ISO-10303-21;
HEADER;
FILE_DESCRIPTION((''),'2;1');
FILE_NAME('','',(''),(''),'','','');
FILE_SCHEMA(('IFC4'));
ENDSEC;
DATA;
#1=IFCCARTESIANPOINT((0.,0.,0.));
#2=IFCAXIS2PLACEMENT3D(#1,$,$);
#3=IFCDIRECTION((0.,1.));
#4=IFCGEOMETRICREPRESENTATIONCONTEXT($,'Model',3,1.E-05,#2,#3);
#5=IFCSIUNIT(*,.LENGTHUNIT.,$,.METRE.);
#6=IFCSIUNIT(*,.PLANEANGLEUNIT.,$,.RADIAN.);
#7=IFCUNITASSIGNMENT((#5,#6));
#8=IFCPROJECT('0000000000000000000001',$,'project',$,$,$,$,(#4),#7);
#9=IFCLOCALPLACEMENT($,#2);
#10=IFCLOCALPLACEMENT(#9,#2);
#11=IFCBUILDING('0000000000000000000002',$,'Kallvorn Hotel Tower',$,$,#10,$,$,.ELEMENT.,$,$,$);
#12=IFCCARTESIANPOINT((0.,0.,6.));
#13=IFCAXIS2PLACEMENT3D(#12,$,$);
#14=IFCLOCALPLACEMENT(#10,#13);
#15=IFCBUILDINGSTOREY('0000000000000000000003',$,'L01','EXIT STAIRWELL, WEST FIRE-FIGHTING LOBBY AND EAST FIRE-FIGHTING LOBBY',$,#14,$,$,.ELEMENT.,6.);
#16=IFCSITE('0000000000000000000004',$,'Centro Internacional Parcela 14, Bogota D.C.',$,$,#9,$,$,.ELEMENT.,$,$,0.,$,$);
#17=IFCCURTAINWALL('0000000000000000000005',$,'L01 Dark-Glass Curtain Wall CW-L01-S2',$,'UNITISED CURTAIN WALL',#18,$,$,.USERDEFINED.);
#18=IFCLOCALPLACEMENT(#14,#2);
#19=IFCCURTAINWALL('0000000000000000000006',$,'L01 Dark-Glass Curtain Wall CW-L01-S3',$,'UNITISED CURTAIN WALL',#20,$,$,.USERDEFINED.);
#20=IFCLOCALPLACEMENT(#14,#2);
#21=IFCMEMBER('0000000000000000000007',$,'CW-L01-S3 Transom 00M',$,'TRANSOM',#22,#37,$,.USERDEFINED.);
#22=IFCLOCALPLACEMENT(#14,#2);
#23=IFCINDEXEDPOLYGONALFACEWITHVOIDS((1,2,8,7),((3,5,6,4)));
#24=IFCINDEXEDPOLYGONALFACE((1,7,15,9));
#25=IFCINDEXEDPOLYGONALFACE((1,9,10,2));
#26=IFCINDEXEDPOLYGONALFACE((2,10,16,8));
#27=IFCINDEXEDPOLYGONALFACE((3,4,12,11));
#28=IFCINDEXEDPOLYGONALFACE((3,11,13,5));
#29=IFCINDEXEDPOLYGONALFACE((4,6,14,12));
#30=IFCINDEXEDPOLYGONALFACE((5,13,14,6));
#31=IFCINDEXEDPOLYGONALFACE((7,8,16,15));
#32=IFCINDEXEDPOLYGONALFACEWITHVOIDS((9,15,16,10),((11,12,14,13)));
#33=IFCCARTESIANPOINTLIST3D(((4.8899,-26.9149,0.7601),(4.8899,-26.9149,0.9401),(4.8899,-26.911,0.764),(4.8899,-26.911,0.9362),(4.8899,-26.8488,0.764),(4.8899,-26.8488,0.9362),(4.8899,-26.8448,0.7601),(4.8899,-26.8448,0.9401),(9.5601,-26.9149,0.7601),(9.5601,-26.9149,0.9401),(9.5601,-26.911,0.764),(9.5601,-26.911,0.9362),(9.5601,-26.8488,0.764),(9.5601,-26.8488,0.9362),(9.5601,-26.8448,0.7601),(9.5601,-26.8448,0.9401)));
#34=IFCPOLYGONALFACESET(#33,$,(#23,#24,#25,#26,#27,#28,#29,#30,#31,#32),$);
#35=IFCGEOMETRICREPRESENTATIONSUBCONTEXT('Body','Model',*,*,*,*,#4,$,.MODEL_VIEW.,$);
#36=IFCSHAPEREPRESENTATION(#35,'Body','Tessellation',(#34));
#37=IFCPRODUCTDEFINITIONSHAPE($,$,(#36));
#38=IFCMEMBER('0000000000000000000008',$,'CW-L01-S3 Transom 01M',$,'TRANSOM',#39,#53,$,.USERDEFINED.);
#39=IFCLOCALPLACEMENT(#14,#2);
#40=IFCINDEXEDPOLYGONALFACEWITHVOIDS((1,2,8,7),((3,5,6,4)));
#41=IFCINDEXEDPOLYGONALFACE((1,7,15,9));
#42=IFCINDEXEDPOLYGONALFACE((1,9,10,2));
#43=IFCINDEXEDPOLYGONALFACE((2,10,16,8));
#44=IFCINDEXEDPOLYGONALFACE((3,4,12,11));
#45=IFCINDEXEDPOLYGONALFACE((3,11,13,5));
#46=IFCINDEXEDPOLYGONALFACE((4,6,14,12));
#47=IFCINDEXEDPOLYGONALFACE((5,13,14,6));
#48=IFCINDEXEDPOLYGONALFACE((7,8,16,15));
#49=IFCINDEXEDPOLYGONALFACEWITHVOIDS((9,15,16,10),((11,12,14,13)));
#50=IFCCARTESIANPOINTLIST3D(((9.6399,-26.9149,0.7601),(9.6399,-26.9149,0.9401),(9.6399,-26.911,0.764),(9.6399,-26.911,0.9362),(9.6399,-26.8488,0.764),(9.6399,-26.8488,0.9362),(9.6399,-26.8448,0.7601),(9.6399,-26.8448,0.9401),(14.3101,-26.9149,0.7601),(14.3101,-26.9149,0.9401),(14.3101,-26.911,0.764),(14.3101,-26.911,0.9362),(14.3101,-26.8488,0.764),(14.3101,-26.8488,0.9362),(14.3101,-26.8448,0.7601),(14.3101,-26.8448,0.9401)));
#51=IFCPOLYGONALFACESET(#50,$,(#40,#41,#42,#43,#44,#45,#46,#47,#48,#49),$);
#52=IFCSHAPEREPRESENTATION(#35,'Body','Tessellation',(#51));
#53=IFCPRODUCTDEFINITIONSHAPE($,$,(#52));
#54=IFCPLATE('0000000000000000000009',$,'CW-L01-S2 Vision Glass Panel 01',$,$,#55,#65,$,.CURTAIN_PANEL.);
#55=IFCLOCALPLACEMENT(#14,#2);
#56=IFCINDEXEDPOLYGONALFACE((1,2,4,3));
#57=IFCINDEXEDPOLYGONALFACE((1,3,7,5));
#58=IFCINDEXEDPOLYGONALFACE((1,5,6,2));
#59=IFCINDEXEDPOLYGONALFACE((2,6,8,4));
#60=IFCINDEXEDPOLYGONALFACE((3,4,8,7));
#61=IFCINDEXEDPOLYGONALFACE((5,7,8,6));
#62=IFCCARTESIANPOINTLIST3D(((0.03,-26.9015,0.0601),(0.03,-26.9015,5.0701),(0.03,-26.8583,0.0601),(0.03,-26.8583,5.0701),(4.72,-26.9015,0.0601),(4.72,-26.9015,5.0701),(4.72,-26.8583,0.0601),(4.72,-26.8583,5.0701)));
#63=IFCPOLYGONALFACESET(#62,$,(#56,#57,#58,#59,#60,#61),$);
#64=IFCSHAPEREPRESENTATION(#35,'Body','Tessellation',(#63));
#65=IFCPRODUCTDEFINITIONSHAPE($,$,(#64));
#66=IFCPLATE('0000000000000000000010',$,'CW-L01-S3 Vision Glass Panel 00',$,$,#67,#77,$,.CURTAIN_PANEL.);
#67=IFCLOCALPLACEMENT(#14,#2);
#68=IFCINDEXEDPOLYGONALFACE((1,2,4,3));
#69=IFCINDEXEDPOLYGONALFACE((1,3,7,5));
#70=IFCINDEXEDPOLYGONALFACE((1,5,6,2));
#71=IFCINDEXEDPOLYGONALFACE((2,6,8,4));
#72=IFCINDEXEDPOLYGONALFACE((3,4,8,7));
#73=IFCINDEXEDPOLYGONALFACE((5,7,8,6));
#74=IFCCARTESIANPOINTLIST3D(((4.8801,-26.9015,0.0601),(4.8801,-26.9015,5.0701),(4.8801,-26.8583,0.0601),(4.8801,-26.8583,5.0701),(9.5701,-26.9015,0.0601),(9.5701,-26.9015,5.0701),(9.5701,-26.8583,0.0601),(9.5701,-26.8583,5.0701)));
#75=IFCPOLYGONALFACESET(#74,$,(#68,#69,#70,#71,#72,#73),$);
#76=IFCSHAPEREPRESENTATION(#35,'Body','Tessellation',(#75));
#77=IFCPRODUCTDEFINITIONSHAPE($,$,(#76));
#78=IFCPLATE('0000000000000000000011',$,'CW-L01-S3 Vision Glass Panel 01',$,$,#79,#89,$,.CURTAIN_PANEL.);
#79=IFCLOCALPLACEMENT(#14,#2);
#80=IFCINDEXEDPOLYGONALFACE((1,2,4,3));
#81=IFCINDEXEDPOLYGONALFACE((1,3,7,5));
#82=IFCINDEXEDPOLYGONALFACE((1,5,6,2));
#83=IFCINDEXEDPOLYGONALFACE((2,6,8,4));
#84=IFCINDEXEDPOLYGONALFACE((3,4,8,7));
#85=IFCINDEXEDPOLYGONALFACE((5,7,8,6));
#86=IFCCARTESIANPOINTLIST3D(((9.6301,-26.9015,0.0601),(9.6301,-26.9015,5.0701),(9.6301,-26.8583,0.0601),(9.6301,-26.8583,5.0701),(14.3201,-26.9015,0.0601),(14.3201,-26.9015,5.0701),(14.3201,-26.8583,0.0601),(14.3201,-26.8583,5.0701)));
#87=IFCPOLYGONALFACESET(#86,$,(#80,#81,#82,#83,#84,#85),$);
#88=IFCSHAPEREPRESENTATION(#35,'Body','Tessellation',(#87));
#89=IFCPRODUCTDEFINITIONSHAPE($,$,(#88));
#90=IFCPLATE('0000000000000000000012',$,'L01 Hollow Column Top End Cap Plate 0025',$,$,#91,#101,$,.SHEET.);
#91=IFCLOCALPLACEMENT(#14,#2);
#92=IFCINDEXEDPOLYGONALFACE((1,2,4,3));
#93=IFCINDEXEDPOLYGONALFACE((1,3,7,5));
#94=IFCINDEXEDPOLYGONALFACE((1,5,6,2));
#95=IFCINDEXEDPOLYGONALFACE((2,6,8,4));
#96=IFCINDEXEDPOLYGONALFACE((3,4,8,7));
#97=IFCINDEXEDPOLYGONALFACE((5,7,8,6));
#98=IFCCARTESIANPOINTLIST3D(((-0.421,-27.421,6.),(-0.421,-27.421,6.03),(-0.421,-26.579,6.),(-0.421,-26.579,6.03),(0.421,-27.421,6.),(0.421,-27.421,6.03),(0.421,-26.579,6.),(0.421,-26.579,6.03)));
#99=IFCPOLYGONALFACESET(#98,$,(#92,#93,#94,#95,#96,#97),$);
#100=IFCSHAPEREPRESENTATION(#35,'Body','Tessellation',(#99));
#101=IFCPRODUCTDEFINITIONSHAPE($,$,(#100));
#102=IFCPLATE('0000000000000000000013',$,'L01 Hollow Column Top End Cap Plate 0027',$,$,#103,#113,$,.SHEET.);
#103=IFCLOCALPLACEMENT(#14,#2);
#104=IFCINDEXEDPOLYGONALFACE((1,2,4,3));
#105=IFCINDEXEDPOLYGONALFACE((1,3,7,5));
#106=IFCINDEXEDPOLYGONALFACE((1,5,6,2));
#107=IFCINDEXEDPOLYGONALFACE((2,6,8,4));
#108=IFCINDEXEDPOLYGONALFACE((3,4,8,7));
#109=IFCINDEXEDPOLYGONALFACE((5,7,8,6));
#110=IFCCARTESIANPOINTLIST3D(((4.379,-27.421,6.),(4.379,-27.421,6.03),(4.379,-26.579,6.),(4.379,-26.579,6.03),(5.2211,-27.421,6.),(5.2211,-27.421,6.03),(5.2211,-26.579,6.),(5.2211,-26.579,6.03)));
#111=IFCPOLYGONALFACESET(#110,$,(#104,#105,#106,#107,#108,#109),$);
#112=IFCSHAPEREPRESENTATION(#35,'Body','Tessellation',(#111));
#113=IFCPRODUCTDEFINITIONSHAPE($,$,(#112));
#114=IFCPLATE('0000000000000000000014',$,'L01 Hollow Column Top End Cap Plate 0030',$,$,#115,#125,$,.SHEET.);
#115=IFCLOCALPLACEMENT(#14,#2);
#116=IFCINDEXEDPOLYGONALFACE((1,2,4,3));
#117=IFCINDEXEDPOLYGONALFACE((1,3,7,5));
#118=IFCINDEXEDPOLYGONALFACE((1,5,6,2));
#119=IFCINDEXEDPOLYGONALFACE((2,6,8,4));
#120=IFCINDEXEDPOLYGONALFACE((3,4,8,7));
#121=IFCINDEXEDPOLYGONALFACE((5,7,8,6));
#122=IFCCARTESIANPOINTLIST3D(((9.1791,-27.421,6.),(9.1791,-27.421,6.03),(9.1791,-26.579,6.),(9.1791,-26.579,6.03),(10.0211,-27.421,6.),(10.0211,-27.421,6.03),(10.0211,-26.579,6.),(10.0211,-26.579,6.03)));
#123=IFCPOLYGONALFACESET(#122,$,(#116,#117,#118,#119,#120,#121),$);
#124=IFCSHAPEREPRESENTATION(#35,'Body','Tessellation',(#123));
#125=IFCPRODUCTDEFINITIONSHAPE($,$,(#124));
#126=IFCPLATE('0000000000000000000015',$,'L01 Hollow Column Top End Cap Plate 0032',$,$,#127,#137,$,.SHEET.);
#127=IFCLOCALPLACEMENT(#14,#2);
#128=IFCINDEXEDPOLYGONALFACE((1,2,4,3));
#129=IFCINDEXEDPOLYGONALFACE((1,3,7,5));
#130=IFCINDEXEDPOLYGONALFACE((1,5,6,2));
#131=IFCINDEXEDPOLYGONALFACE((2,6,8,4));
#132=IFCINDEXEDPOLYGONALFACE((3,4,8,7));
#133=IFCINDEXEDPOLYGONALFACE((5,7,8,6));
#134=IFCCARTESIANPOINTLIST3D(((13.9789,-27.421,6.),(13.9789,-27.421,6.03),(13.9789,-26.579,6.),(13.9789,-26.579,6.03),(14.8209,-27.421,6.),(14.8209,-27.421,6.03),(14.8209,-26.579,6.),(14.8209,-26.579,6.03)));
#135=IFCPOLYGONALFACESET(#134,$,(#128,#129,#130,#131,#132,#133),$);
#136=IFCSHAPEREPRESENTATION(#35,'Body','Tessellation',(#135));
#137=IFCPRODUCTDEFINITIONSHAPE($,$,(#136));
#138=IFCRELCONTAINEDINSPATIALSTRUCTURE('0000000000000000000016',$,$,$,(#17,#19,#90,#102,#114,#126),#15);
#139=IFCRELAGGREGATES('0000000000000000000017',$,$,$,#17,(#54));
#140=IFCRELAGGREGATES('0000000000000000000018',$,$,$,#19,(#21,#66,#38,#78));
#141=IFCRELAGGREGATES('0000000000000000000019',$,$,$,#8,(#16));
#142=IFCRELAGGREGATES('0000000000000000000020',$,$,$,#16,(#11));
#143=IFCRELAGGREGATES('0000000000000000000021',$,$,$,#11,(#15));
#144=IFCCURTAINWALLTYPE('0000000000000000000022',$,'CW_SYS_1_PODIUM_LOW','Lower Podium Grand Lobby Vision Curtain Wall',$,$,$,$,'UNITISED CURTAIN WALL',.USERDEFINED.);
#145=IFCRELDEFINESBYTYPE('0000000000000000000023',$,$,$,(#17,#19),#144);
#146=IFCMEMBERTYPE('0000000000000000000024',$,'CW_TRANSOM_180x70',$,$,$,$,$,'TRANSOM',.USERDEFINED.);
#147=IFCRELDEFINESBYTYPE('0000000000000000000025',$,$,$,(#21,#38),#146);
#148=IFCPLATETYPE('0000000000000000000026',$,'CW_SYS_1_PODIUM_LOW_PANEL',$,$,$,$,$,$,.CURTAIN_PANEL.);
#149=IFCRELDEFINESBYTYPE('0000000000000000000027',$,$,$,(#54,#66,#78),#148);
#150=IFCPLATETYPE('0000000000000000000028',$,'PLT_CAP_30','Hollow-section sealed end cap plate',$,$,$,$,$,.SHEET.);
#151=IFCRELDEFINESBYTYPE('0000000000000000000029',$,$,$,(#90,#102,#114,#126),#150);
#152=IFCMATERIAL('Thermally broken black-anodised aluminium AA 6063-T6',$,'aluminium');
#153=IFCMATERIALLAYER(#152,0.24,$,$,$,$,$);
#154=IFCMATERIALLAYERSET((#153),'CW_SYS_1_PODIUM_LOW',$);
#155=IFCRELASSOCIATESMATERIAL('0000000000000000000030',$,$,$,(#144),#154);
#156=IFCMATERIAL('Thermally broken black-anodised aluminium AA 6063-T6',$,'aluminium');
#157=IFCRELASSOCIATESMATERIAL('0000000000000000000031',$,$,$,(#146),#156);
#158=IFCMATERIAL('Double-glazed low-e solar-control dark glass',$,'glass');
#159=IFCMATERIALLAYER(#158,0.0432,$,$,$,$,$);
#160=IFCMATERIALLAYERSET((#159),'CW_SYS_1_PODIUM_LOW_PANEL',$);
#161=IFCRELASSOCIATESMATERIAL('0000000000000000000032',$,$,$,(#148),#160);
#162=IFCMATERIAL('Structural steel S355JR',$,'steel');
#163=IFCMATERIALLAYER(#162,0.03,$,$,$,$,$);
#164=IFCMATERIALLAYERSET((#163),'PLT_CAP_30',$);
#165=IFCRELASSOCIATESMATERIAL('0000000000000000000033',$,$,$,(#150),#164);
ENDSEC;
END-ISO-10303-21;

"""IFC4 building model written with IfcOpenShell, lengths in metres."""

from ifc_helpers import new_model, si_unit, direction, frame, origin, origin_2d, place, context, subcontext, project, spatial, rectangle, hollow_rectangle, extrude, material, layer, layer_set, material_profile, profile_set, type_object, element, aggregate, save


model = new_model("IFC4")

# Units and contexts
model_context = context("Model", 3, precision=1e-05, world=origin(), true_north=direction((0.0, 1.0)))
body_context = subcontext(model_context, "Body", "Model", "MODEL_VIEW")
ifc_project = project(units=[si_unit("LENGTHUNIT", "METRE"), si_unit("PLANEANGLEUNIT", "RADIAN")], contexts=[model_context])

# Site, building, storey
site_placement = place(None, origin())
site = spatial("IfcSite", under=ifc_project, at=site_placement, Name="Centro Internacional Parcela 14, Bogota D.C.", CompositionType="ELEMENT", RefElevation=0.0)
building_placement = place(site_placement, origin())
building = spatial("IfcBuilding", under=site, at=building_placement, Name="Kallvorn Hotel Tower", CompositionType="ELEMENT")
storey_placement = place(building_placement, frame((0.0, 0.0, 6.0)))
storey = spatial("IfcBuildingStorey", under=building, at=storey_placement, Name="L01", Description="EXIT STAIRWELL, WEST FIRE-FIGHTING LOBBY AND EAST FIRE-FIGHTING LOBBY", CompositionType="ELEMENT", Elevation=6.0)

# Curtain walls
ifc_material_1 = material(Name="Thermally broken black-anodised aluminium AA 6063-T6", Category="aluminium")
ifc_layer_1 = layer(ifc_material_1, 0.24)
ifc_layer_set_1 = layer_set([ifc_layer_1], Name="CW_SYS_1_PODIUM_LOW")
curtain_wall_type = type_object("IfcCurtainWallType", Name="CW_SYS_1_PODIUM_LOW", Description="Lower Podium Grand Lobby Vision Curtain Wall", ElementType="UNITISED CURTAIN WALL", PredefinedType="USERDEFINED", material=ifc_layer_set_1)
curtain_wall_1_placement = place(storey_placement, origin())
curtain_wall_1 = element("IfcCurtainWall", 1, at=curtain_wall_1_placement, inside=storey, type_object=curtain_wall_type, Name="L01 Dark-Glass Curtain Wall CW-L01-S2", ObjectType="UNITISED CURTAIN WALL", PredefinedType="USERDEFINED")
curtain_wall_2_placement = place(storey_placement, origin())
curtain_wall_2 = element("IfcCurtainWall", 2, at=curtain_wall_2_placement, inside=storey, type_object=curtain_wall_type, Name="L01 Dark-Glass Curtain Wall CW-L01-S3", ObjectType="UNITISED CURTAIN WALL", PredefinedType="USERDEFINED")

# Members
ifc_material_2 = material(Name="Thermally broken black-anodised aluminium AA 6063-T6", Category="aluminium")
ifc_material_profile_1 = material_profile(ifc_material_2, hollow_rectangle(XDim=0.0701, YDim=0.1799, WallThickness=0.0039, at=origin_2d()), Name="TRN 180x70")
ifc_profile_set_1 = profile_set([ifc_material_profile_1], Name="Thermally broken black-anodised aluminium AA 6063-T6")
member_type_1 = type_object("IfcMemberType", Name="CW_TRANSOM_180x70", ElementType="TRANSOM", PredefinedType="USERDEFINED", material=ifc_profile_set_1)
member_1_placement = place(storey_placement, frame((4.8899, -26.8799, 0.8501), z_axis=(1.0, 0.0, 0.0), x_axis=(0.0, 1.0, 0.0)))
member_1 = element("IfcMember", 3, at=member_1_placement, type_object=member_type_1, Name="CW-L01-S3 Transom 00M", ObjectType="TRANSOM", PredefinedType="USERDEFINED", context=body_context, shape_type="SweptSolid", body=[
    extrude(hollow_rectangle(XDim=0.0701, YDim=0.1799, WallThickness=0.0039, at=origin_2d()), origin(), (0.0, 0.0, 1.0), 4.6702),
])
member_2_placement = place(storey_placement, frame((9.6399, -26.8799, 0.8501), z_axis=(1.0, 0.0, 0.0), x_axis=(0.0, 1.0, 0.0)))
member_2 = element("IfcMember", 4, at=member_2_placement, type_object=member_type_1, Name="CW-L01-S3 Transom 01M", ObjectType="TRANSOM", PredefinedType="USERDEFINED", context=body_context, shape_type="SweptSolid", body=[
    extrude(hollow_rectangle(XDim=0.0701, YDim=0.1799, WallThickness=0.0039, at=origin_2d()), origin(), (0.0, 0.0, 1.0), 4.6702),
])

# Plates
ifc_material_3 = material(Name="Double-glazed low-e solar-control dark glass", Category="glass")
ifc_layer_2 = layer(ifc_material_3, 0.0432)
ifc_layer_set_2 = layer_set([ifc_layer_2], Name="CW_SYS_1_PODIUM_LOW_PANEL")
plate_type_1 = type_object("IfcPlateType", Name="CW_SYS_1_PODIUM_LOW_PANEL", PredefinedType="CURTAIN_PANEL", material=ifc_layer_set_2)
plate_1_placement = place(storey_placement, frame((2.375, -26.8799, 0.0601), z_axis=(0.0, 0.0, 1.0), x_axis=(1.0, 0.0, 0.0)))
plate_1 = element("IfcPlate", 5, at=plate_1_placement, type_object=plate_type_1, Name="CW-L01-S2 Vision Glass Panel 01", PredefinedType="CURTAIN_PANEL", context=body_context, shape_type="SweptSolid", body=[
    extrude(rectangle(XDim=4.6899, YDim=0.0432, at=origin_2d()), origin(), (0.0, 0.0, 1.0), 5.01),
])
aggregate(curtain_wall_1, [plate_1])
plate_2_placement = place(storey_placement, frame((7.2251, -26.8799, 0.0601), z_axis=(0.0, 0.0, 1.0), x_axis=(1.0, 0.0, 0.0)))
plate_2 = element("IfcPlate", 6, at=plate_2_placement, type_object=plate_type_1, Name="CW-L01-S3 Vision Glass Panel 00", PredefinedType="CURTAIN_PANEL", context=body_context, shape_type="SweptSolid", body=[
    extrude(rectangle(XDim=4.6899, YDim=0.0432, at=origin_2d()), origin(), (0.0, 0.0, 1.0), 5.01),
])
plate_3_placement = place(storey_placement, frame((11.9751, -26.8799, 0.0601), z_axis=(0.0, 0.0, 1.0), x_axis=(1.0, 0.0, 0.0)))
plate_3 = element("IfcPlate", 7, at=plate_3_placement, type_object=plate_type_1, Name="CW-L01-S3 Vision Glass Panel 01", PredefinedType="CURTAIN_PANEL", context=body_context, shape_type="SweptSolid", body=[
    extrude(rectangle(XDim=4.6899, YDim=0.0432, at=origin_2d()), origin(), (0.0, 0.0, 1.0), 5.01),
])
aggregate(curtain_wall_2, [member_1, plate_2, member_2, plate_3])

# Plates
ifc_material_4 = material(Name="Structural steel S355JR", Category="steel")
ifc_layer_3 = layer(ifc_material_4, 0.03)
ifc_layer_set_3 = layer_set([ifc_layer_3], Name="PLT_CAP_30")
plate_type_2 = type_object("IfcPlateType", Name="PLT_CAP_30", Description="Hollow-section sealed end cap plate", PredefinedType="SHEET", material=ifc_layer_set_3)
for number, where, z_axis, x_axis, name in (
    (8, (0.0, -27.0, 6.0), (0.0, 0.0, 1.0), (1.0, 0.0, 0.0), "L01 Hollow Column Top End Cap Plate 0025"),
    (9, (4.8, -27.0, 6.0), (0.0, 0.0, 1.0), (1.0, 0.0, 0.0), "L01 Hollow Column Top End Cap Plate 0027"),
    (10, (9.6001, -27.0, 6.0), (0.0, 0.0, 1.0), (1.0, 0.0, 0.0), "L01 Hollow Column Top End Cap Plate 0030"),
    (11, (14.3999, -27.0, 6.0), (0.0, 0.0, 1.0), (1.0, 0.0, 0.0), "L01 Hollow Column Top End Cap Plate 0032"),
):
    element("IfcPlate", number, at=place(storey_placement, frame(where, z_axis=z_axis, x_axis=x_axis)), inside=storey, type_object=plate_type_2, Name=name, PredefinedType="SHEET", context=body_context, shape_type="SweptSolid", body=[
        extrude(rectangle(XDim=0.842, YDim=0.842, at=origin_2d()), origin(), (0.0, 0.0, 1.0), 0.03),
    ])

save(model, "model.ifc")
